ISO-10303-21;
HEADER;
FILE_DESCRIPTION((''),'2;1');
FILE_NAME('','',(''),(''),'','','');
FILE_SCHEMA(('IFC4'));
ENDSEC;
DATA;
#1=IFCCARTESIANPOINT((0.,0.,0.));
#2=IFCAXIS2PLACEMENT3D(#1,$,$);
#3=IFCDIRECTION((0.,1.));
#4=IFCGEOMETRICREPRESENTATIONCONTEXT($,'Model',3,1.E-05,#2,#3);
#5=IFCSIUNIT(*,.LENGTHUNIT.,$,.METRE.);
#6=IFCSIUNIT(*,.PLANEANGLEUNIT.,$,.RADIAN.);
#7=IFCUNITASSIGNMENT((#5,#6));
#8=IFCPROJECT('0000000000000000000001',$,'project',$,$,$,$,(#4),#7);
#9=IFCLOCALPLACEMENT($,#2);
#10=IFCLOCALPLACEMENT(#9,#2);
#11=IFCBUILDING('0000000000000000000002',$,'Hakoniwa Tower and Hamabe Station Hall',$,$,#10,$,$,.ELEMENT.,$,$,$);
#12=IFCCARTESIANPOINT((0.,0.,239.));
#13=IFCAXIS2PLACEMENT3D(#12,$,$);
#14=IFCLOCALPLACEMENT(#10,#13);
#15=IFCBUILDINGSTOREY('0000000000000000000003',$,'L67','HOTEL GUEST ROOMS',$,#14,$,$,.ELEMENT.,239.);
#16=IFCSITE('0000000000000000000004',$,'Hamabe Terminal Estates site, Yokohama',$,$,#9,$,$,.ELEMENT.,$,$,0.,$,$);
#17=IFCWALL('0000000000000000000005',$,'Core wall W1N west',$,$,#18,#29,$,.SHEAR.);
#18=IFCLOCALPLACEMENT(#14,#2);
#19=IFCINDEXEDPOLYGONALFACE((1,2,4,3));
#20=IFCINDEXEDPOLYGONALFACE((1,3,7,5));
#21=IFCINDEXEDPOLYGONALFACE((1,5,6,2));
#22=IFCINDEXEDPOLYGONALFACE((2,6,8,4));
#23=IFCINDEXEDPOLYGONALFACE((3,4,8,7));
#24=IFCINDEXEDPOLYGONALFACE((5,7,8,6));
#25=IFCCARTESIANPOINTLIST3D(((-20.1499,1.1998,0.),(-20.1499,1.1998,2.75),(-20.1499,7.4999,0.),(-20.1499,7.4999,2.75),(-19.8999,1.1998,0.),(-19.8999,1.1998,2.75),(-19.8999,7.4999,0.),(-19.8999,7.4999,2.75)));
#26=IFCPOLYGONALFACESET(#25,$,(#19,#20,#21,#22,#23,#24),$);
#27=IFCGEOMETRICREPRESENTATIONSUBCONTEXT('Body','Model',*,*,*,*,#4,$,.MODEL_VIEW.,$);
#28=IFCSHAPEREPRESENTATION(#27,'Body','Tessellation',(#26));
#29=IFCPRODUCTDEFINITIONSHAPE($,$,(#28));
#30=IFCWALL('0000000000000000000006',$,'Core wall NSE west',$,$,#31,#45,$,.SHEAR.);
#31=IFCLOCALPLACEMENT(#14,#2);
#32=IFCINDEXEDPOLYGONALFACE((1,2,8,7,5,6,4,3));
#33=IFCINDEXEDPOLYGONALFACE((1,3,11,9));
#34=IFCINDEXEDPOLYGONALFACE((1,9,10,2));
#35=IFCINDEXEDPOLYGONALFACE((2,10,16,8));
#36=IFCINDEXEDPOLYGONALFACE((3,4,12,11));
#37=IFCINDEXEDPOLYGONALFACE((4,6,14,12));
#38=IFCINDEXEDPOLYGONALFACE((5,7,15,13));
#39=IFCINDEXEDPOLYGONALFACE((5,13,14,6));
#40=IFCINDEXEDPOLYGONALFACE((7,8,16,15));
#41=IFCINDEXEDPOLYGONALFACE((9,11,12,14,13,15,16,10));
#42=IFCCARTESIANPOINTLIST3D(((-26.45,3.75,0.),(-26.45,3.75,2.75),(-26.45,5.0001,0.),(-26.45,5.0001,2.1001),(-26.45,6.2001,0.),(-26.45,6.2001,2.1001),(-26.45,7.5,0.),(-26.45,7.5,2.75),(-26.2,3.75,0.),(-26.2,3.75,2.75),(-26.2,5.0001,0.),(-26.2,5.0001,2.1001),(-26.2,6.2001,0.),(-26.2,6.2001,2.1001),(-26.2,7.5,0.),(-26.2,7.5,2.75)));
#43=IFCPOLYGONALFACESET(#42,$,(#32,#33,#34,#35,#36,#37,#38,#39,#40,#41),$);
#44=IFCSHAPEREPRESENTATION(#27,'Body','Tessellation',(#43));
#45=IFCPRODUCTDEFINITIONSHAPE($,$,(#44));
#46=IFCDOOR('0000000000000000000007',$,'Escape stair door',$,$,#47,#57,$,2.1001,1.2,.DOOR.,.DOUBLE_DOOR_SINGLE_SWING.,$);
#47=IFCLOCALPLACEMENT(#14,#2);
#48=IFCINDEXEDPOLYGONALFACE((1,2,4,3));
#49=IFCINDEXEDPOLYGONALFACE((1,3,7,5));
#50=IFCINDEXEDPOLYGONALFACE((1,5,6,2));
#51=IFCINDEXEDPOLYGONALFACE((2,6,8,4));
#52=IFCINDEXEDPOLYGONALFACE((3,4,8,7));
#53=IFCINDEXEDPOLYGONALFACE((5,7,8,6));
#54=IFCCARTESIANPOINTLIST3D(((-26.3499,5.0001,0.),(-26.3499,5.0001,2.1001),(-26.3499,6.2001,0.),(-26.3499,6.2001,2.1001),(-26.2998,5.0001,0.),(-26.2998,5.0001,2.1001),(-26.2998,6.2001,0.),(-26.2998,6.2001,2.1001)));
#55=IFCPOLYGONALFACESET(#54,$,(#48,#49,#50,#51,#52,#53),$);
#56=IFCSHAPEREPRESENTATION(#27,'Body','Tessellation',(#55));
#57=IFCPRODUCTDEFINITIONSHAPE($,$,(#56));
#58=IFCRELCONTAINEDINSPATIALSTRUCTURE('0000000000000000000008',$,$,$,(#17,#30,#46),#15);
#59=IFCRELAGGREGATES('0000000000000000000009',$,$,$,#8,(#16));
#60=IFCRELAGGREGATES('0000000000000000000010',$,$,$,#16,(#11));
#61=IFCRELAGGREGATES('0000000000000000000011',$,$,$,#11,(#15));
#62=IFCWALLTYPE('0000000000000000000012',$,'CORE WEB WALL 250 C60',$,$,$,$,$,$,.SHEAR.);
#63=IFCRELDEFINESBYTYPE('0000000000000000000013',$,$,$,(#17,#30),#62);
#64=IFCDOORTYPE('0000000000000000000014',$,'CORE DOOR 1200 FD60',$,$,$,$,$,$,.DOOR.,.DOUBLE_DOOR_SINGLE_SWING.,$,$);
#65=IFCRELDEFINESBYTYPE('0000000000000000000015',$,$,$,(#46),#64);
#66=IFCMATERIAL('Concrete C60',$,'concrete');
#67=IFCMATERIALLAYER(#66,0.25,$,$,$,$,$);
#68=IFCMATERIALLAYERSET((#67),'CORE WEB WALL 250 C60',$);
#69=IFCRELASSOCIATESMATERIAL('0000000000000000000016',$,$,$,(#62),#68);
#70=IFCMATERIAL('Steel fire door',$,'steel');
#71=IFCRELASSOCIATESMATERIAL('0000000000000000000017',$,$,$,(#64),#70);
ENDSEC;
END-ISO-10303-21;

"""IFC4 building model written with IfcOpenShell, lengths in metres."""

from ifc_helpers import new_model, si_unit, direction, frame, frame_2d, origin, place, context, subcontext, project, spatial, rectangle, extrude, material, layer, layer_set, type_object, element, fill, save


model = new_model("IFC4")

# Units and contexts
model_context = context("Model", 3, precision=1e-05, world=origin(), true_north=direction((0.0, 1.0)))
body_context = subcontext(model_context, "Body", "Model", "MODEL_VIEW")
ifc_project = project(units=[si_unit("LENGTHUNIT", "METRE"), si_unit("PLANEANGLEUNIT", "RADIAN")], contexts=[model_context])

# Site, building, storey
site_placement = place(None, origin())
site = spatial("IfcSite", under=ifc_project, at=site_placement, Name="Hamabe Terminal Estates site, Yokohama", CompositionType="ELEMENT", RefElevation=0.0)
building_placement = place(site_placement, origin())
building = spatial("IfcBuilding", under=site, at=building_placement, Name="Hakoniwa Tower and Hamabe Station Hall", CompositionType="ELEMENT")
storey_placement = place(building_placement, frame((0.0, 0.0, 239.0)))
storey = spatial("IfcBuildingStorey", under=building, at=storey_placement, Name="L67", Description="HOTEL GUEST ROOMS", CompositionType="ELEMENT", Elevation=239.0)

# Wall
ifc_material_1 = material(Name="Concrete C60", Category="concrete")
ifc_layer_1 = layer(ifc_material_1, 0.25)
ifc_layer_set_1 = layer_set([ifc_layer_1], Name="CORE WEB WALL 250 C60")
wall_type_1 = type_object("IfcWallType", Name="CORE WEB WALL 250 C60", PredefinedType="SHEAR", material=ifc_layer_set_1)
wall_1_placement = place(storey_placement, frame((-20.0249, 1.2, 0.0), z_axis=(0.0, 0.0, 1.0), x_axis=(0.0, 1.0, 0.0)))
element("IfcWall", 1, at=wall_1_placement, inside=storey, type_object=wall_type_1, Name="Core wall W1N west", PredefinedType="SHEAR", context=body_context, shape_type="SweptSolid", body=[
    extrude(rectangle(XDim=6.3, YDim=0.25, at=frame_2d((3.1499, 0.0))), origin(), (0.0, 0.0, 1.0), 2.75),
])

# Wall, opening, door
wall_2_placement = place(storey_placement, frame((-26.325, 3.75, 0.0), z_axis=(0.0, 0.0, 1.0), x_axis=(0.0, 1.0, 0.0)))
wall_2 = element("IfcWall", 2, at=wall_2_placement, inside=storey, type_object=wall_type_1, Name="Core wall NSE west", PredefinedType="SHEAR", context=body_context, shape_type="SweptSolid", body=[
    extrude(rectangle(XDim=3.75, YDim=0.25, at=frame_2d((1.875, 0.0))), origin(), (0.0, 0.0, 1.0), 2.75),
])
opening_1_placement = place(wall_2_placement, frame((1.25, 0.0, 0.0)))
opening_1 = element("IfcOpeningElement", 3, at=opening_1_placement, cuts=wall_2, PredefinedType="OPENING", context=body_context, shape_type="SweptSolid", body=[
    extrude(rectangle(XDim=1.2, YDim=2.1001, at=frame_2d((0.6001, 1.05))), frame((0.0, 0.135, 0.0), z_axis=(0.0, -1.0, 0.0), x_axis=(1.0, 0.0, 0.0)), (0.0, 0.0, 1.0), 0.27),
])
ifc_material_2 = material(Name="Steel fire door", Category="steel")
door_type_1 = type_object("IfcDoorType", Name="CORE DOOR 1200 FD60", OperationType="DOUBLE_DOOR_SINGLE_SWING", PredefinedType="DOOR", material=ifc_material_2)
door_1_placement = place(opening_1_placement, origin())
door_1 = element("IfcDoor", 4, at=door_1_placement, inside=storey, type_object=door_type_1, Name="Escape stair door", OperationType="DOUBLE_DOOR_SINGLE_SWING", OverallHeight=2.1001, OverallWidth=1.2, PredefinedType="DOOR", context=body_context, shape_type="SweptSolid", body=[
    extrude(rectangle(XDim=1.2, YDim=2.1001, at=frame_2d((0.6001, 1.05))), frame((0.0, 0.0249, 0.0), z_axis=(0.0, -1.0, 0.0), x_axis=(1.0, 0.0, 0.0)), (0.0, 0.0, 1.0), 0.05),
])
fill(opening_1, door_1)

save(model, "model.ifc")
